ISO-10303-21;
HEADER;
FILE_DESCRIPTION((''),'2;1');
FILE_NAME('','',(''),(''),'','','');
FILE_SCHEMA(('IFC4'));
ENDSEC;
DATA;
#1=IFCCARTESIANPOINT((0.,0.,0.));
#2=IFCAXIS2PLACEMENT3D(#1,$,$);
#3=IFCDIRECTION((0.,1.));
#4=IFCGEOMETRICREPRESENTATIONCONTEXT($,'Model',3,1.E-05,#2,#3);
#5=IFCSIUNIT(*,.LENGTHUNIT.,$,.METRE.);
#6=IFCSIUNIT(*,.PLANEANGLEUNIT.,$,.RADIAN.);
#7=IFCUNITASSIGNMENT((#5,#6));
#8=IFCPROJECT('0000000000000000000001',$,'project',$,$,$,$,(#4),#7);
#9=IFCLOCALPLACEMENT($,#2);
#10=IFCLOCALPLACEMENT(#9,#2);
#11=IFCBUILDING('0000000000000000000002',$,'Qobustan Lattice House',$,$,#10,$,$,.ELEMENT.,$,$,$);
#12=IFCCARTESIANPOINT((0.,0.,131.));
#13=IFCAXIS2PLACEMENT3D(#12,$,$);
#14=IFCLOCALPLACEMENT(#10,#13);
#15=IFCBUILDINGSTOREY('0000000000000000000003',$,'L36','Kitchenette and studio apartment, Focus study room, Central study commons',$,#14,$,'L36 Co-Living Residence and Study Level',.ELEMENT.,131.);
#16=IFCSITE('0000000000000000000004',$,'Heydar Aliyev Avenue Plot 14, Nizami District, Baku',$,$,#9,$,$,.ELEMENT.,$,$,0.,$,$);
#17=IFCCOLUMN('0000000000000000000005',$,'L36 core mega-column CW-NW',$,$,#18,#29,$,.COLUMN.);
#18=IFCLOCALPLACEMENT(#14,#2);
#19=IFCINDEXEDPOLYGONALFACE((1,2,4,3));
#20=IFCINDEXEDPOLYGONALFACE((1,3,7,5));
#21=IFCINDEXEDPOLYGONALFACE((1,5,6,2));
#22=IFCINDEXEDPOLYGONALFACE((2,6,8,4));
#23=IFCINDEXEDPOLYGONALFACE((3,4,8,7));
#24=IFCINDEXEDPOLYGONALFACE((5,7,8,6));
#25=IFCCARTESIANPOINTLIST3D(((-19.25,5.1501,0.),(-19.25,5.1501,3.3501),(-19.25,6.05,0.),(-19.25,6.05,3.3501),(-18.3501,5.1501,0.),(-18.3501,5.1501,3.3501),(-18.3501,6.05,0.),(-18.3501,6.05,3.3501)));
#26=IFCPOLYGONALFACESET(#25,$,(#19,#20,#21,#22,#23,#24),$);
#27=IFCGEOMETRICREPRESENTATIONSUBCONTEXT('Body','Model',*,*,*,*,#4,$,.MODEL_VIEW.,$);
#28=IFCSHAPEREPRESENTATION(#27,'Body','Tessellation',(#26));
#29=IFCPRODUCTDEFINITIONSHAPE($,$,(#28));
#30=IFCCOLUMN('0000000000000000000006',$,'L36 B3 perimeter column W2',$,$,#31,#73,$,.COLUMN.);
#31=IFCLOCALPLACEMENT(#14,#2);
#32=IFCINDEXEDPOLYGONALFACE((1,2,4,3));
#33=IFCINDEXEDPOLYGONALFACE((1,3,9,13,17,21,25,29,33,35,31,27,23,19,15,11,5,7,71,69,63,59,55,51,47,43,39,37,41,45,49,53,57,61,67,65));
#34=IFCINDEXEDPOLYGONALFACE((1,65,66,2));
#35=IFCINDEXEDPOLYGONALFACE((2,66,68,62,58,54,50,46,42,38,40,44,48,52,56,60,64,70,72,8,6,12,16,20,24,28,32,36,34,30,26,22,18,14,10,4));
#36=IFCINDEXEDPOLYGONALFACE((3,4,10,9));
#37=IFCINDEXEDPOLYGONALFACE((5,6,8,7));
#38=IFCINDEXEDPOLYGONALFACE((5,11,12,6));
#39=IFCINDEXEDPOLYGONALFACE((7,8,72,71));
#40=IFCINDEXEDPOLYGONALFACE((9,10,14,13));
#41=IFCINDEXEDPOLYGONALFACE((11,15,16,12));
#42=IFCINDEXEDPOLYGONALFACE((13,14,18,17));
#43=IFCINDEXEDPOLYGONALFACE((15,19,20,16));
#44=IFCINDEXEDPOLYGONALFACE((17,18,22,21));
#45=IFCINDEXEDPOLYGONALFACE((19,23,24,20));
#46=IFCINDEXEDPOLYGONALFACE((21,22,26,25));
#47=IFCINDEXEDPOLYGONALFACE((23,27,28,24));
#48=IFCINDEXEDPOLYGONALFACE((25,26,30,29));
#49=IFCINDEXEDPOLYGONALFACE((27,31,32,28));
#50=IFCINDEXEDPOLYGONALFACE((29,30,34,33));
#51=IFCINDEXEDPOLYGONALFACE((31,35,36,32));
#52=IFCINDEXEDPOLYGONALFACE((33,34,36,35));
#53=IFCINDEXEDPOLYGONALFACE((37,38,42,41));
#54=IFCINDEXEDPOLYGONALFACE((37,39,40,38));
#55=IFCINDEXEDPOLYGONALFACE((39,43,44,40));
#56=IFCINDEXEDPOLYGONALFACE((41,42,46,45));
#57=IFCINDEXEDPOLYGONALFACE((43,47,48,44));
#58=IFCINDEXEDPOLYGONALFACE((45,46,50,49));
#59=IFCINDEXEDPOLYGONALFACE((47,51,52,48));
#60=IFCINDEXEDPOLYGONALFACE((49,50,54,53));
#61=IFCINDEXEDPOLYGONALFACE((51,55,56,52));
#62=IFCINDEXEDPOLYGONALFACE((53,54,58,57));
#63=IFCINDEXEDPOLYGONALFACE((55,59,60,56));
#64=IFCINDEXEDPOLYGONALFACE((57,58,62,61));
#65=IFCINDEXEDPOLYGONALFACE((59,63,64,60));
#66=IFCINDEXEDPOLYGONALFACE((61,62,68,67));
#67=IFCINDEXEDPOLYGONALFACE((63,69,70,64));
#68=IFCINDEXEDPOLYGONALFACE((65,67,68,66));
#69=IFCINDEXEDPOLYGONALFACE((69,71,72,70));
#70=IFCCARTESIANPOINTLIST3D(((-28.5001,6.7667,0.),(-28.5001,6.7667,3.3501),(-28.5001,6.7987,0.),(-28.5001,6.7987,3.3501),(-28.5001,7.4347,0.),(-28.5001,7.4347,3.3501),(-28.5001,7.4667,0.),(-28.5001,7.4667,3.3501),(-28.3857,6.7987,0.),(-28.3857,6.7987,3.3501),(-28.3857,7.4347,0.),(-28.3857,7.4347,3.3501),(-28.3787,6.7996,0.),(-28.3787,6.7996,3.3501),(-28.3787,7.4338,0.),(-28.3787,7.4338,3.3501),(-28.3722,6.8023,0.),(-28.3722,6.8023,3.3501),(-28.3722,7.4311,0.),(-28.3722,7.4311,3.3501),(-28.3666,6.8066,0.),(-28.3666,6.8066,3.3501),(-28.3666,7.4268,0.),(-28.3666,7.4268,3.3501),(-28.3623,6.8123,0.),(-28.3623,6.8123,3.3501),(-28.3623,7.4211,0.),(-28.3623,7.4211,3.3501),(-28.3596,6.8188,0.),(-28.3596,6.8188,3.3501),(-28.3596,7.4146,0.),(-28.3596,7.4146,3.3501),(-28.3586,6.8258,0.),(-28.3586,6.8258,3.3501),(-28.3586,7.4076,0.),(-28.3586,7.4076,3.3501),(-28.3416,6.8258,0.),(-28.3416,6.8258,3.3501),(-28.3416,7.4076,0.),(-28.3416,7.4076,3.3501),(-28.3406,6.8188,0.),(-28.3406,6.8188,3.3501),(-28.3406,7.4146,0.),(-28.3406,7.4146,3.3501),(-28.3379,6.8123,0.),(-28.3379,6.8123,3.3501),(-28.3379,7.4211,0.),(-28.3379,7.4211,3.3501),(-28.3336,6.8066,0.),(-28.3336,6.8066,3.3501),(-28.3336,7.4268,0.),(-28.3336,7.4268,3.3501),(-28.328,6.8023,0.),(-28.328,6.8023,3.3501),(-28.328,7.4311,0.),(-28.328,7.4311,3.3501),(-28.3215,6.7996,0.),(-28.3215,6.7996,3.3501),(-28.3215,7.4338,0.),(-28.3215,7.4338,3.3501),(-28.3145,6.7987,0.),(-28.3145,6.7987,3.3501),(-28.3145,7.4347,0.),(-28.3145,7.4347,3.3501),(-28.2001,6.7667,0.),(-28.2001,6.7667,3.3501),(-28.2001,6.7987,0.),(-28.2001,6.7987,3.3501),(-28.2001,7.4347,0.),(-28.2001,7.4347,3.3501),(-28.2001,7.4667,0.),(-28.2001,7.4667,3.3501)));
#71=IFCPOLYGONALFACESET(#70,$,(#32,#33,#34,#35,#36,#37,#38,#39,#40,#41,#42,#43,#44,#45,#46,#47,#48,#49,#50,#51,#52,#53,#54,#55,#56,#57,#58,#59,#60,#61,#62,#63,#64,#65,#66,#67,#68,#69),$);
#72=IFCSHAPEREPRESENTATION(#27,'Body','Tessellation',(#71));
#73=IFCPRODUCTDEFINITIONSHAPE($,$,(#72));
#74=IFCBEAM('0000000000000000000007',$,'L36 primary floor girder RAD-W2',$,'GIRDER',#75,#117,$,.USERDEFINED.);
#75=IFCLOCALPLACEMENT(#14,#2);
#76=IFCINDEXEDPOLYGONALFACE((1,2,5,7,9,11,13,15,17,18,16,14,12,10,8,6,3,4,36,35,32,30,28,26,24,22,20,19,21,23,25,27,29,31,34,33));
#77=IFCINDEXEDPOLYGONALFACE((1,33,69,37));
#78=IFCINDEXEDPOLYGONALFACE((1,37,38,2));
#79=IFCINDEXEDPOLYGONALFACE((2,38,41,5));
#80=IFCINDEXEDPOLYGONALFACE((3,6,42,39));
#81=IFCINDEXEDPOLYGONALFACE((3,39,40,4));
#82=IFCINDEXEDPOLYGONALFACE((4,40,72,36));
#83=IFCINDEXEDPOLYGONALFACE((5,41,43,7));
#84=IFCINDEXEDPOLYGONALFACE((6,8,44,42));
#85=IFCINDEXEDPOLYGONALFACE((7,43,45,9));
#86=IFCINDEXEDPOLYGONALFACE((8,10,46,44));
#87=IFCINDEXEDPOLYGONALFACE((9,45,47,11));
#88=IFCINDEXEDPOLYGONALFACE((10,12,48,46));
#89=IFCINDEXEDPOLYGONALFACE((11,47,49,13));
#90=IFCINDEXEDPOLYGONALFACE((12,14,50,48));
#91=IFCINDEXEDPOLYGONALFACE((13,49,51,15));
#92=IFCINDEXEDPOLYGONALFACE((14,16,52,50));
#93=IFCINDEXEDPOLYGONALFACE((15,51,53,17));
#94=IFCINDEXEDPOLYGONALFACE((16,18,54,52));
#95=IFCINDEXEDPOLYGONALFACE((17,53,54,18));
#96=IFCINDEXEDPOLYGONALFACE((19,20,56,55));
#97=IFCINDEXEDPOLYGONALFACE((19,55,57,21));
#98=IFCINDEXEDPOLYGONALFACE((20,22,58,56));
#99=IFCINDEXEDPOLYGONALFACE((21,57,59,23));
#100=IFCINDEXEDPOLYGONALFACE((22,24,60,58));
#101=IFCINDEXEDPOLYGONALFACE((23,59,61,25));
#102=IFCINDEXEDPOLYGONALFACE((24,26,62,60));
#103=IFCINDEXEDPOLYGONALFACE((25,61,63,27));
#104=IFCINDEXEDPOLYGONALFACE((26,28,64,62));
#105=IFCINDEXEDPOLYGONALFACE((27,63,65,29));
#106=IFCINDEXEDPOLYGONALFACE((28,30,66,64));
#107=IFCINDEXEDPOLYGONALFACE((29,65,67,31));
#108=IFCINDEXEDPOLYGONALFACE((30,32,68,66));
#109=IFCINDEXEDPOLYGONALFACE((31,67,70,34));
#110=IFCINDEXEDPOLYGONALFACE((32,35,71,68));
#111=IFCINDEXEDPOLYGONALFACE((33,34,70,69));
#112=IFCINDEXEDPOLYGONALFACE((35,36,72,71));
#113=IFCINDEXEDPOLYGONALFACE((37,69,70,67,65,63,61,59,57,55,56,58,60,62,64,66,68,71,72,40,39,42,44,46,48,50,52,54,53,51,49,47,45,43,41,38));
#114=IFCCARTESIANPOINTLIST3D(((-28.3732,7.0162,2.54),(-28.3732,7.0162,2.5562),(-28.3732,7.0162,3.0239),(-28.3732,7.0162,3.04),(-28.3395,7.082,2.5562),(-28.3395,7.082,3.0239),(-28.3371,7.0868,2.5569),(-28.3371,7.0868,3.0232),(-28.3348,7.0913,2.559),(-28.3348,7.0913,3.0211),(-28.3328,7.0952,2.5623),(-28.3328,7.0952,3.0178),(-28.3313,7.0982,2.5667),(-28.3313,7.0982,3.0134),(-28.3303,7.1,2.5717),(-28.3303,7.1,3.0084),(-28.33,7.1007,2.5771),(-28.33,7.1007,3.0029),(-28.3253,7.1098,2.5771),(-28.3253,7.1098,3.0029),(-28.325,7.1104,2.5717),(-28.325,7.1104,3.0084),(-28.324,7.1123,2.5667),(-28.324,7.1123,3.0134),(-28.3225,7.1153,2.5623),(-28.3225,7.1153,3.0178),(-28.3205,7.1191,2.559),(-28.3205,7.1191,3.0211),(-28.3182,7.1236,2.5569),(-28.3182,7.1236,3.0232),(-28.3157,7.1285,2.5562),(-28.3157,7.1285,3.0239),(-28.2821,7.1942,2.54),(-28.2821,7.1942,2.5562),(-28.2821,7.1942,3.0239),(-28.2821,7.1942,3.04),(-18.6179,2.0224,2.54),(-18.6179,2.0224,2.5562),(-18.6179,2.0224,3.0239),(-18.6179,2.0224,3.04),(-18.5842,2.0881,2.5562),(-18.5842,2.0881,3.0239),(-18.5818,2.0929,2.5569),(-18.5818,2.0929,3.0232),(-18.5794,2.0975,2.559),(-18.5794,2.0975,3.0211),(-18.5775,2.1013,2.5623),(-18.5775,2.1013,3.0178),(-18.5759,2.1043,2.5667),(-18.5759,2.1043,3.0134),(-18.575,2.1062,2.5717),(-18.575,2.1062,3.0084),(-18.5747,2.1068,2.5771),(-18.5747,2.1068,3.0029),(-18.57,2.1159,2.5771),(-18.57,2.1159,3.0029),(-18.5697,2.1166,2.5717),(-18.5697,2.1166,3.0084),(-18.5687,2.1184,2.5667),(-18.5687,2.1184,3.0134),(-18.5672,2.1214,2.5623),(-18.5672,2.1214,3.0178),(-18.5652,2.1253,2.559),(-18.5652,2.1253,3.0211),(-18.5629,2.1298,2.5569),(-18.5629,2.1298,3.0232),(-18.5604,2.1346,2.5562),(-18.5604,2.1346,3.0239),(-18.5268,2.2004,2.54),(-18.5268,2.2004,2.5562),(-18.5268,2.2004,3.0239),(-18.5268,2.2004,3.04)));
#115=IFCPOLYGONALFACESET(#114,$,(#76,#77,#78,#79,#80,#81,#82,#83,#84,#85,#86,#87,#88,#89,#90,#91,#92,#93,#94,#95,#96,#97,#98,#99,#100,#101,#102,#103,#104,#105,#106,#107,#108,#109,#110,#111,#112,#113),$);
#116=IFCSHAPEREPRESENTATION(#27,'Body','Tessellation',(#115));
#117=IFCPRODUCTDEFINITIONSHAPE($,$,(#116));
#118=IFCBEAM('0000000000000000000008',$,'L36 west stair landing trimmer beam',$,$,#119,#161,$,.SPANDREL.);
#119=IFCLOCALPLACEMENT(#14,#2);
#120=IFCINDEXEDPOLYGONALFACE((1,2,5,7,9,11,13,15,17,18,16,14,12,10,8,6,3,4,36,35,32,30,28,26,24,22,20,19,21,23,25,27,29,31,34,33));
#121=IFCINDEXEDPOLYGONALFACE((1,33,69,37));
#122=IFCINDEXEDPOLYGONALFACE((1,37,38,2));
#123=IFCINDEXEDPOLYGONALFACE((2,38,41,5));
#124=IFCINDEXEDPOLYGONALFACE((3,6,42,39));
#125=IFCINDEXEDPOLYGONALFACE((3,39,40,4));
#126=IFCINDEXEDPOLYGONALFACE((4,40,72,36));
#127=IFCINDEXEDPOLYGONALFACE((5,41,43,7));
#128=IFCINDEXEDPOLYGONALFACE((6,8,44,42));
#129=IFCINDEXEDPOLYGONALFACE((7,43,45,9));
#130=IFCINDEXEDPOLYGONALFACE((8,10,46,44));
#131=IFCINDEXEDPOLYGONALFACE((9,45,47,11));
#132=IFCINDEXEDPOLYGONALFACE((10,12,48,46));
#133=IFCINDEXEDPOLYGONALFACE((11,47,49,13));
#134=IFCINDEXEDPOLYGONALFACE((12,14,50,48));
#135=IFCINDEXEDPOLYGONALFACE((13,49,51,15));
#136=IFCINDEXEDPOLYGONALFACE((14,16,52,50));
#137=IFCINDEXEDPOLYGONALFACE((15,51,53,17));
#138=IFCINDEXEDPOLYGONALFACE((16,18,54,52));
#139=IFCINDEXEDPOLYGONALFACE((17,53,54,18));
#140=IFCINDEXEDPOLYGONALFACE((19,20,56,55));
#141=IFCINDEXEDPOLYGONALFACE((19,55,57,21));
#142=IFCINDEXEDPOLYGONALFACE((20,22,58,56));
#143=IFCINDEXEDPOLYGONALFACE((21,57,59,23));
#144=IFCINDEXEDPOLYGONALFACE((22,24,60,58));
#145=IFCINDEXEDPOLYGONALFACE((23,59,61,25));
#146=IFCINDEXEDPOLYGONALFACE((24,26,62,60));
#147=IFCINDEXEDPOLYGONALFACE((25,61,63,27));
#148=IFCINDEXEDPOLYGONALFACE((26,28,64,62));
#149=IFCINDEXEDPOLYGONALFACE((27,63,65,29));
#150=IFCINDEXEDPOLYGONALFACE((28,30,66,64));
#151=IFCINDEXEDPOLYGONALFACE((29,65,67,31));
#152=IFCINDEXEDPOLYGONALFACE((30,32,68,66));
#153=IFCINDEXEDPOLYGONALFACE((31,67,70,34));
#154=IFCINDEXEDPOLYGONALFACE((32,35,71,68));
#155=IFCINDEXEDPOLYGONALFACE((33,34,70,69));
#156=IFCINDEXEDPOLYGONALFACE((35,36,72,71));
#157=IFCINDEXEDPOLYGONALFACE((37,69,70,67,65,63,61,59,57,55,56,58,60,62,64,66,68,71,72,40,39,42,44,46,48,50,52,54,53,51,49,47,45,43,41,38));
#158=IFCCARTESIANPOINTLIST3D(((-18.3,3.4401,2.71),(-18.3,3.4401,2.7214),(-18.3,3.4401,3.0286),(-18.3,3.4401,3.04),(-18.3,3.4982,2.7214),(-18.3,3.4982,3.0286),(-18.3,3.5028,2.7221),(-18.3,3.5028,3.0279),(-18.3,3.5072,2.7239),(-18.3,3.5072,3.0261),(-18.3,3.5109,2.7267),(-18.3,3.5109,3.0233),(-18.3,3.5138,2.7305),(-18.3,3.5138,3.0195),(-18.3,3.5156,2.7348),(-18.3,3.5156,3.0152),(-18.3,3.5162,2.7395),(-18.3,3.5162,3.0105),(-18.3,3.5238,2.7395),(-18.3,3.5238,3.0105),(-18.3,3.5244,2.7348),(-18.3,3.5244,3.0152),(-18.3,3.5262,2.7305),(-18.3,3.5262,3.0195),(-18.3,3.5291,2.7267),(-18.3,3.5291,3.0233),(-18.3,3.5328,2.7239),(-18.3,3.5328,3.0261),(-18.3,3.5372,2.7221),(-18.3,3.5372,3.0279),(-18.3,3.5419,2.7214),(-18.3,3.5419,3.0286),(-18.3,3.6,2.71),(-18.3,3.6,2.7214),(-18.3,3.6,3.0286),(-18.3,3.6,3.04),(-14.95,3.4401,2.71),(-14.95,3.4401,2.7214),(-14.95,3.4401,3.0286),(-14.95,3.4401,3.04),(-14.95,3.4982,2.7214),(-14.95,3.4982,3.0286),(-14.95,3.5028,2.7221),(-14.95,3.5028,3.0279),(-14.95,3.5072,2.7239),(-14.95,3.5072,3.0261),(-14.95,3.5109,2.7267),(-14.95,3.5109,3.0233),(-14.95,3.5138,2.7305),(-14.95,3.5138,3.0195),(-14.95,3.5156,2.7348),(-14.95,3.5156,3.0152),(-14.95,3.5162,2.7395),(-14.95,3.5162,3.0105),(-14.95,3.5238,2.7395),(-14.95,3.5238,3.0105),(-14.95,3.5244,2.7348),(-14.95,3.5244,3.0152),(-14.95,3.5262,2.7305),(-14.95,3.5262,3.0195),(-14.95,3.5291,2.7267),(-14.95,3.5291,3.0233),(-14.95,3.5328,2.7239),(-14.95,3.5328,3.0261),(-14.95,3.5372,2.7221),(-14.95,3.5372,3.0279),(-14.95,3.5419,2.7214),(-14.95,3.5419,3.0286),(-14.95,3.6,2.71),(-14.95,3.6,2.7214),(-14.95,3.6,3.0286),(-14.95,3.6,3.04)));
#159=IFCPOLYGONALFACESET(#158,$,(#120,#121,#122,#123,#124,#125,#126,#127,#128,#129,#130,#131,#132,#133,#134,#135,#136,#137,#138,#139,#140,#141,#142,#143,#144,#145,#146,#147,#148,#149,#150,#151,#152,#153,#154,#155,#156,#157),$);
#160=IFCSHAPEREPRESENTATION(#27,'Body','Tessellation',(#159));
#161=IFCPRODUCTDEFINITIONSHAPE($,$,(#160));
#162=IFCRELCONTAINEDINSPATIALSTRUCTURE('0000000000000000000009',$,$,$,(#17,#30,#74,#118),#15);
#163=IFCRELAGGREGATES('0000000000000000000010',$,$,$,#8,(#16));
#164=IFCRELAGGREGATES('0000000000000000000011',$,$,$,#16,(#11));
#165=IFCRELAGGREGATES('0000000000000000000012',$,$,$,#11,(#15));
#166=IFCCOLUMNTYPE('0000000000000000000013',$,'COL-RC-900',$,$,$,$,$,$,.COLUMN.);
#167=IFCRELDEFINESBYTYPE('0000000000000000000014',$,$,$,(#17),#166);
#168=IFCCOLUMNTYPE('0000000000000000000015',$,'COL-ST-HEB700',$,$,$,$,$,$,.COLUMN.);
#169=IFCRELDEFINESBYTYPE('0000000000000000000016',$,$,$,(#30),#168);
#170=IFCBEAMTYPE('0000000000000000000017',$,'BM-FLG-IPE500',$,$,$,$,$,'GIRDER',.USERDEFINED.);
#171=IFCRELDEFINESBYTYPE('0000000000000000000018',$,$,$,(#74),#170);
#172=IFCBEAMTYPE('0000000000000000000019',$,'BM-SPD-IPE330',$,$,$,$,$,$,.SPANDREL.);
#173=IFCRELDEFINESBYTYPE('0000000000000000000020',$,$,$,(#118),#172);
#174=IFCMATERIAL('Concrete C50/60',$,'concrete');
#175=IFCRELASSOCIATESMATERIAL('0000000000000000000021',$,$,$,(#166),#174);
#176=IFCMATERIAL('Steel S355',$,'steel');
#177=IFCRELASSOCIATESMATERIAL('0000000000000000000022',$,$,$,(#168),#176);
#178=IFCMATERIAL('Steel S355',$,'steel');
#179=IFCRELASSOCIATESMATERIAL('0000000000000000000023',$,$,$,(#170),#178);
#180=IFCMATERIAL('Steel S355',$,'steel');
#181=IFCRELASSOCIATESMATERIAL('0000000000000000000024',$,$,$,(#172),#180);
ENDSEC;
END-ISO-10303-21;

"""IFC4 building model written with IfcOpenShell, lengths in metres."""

from ifc_helpers import new_model, si_unit, direction, frame, origin, origin_2d, place, context, subcontext, project, spatial, rectangle, i_section, extrude, material, material_profile, profile_set, type_object, element, save


model = new_model("IFC4")

# Units and contexts
model_context = context("Model", 3, precision=1e-05, world=origin(), true_north=direction((0.0, 1.0)))
body_context = subcontext(model_context, "Body", "Model", "MODEL_VIEW")
ifc_project = project(units=[si_unit("LENGTHUNIT", "METRE"), si_unit("PLANEANGLEUNIT", "RADIAN")], contexts=[model_context])

# Site, building, storey
site_placement = place(None, origin())
site = spatial("IfcSite", under=ifc_project, at=site_placement, Name="Heydar Aliyev Avenue Plot 14, Nizami District, Baku", CompositionType="ELEMENT", RefElevation=0.0)
building_placement = place(site_placement, origin())
building = spatial("IfcBuilding", under=site, at=building_placement, Name="Qobustan Lattice House", CompositionType="ELEMENT")
storey_placement = place(building_placement, frame((0.0, 0.0, 131.0)))
storey = spatial("IfcBuildingStorey", under=building, at=storey_placement, Name="L36", Description="Kitchenette and studio apartment, Focus study room, Central study commons", LongName="L36 Co-Living Residence and Study Level", CompositionType="ELEMENT", Elevation=131.0)

# Columns
ifc_material_1 = material(Name="Concrete C50/60", Category="concrete")
ifc_material_profile_1 = material_profile(ifc_material_1, rectangle(XDim=0.8999, YDim=0.8999, at=origin_2d()), Name="RC900x900")
ifc_profile_set_1 = profile_set([ifc_material_profile_1], Name="Concrete C50/60")
column_type_1 = type_object("IfcColumnType", Name="COL-RC-900", PredefinedType="COLUMN", material=ifc_profile_set_1)
column_1_placement = place(storey_placement, frame((-18.8, 5.6001, 0.0), z_axis=(0.0, 0.0, 1.0), x_axis=(1.0, 0.0, 0.0)))
element("IfcColumn", 1, at=column_1_placement, inside=storey, type_object=column_type_1, Name="L36 core mega-column CW-NW", PredefinedType="COLUMN", context=body_context, shape_type="SweptSolid", body=[
    extrude(rectangle(XDim=0.8999, YDim=0.8999, at=origin_2d()), origin(), (0.0, 0.0, 1.0), 3.3501),
])
ifc_material_2 = material(Name="Steel S355", Category="steel")
ifc_material_profile_2 = material_profile(ifc_material_2, i_section(OverallWidth=0.3, OverallDepth=0.7, WebThickness=0.0171, FlangeThickness=0.032, FilletRadius=0.0271, at=origin_2d()), Name="HEB700")
ifc_profile_set_2 = profile_set([ifc_material_profile_2], Name="Steel S355")
column_type_2 = type_object("IfcColumnType", Name="COL-ST-HEB700", PredefinedType="COLUMN", material=ifc_profile_set_2)
column_2_placement = place(storey_placement, frame((-28.3501, 7.1167, 0.0), z_axis=(0.0, 0.0, 1.0), x_axis=(1.0, 0.0, 0.0)))
element("IfcColumn", 2, at=column_2_placement, inside=storey, type_object=column_type_2, Name="L36 B3 perimeter column W2", PredefinedType="COLUMN", context=body_context, shape_type="SweptSolid", body=[
    extrude(i_section(OverallWidth=0.3, OverallDepth=0.7, WebThickness=0.0171, FlangeThickness=0.032, FilletRadius=0.0271, at=origin_2d()), origin(), (0.0, 0.0, 1.0), 3.3501),
])

# Beams
ifc_material_3 = material(Name="Steel S355", Category="steel")
ifc_material_profile_3 = material_profile(ifc_material_3, i_section(OverallWidth=0.2, OverallDepth=0.5, WebThickness=0.0103, FlangeThickness=0.0161, FilletRadius=0.021, at=origin_2d()), Name="IPE500")
ifc_profile_set_3 = profile_set([ifc_material_profile_3], Name="Steel S355")
beam_type_1 = type_object("IfcBeamType", Name="BM-FLG-IPE500", ElementType="GIRDER", PredefinedType="USERDEFINED", material=ifc_profile_set_3)
beam_1_placement = place(storey_placement, frame((-28.3276, 7.1052, 2.79), z_axis=(0.890145, -0.455677, 0.0), x_axis=(0.455677, 0.890145, 0.0)))
element("IfcBeam", 3, at=beam_1_placement, inside=storey, type_object=beam_type_1, Name="L36 primary floor girder RAD-W2", ObjectType="GIRDER", PredefinedType="USERDEFINED", context=body_context, shape_type="SweptSolid", body=[
    extrude(i_section(OverallWidth=0.2, OverallDepth=0.5, WebThickness=0.0103, FlangeThickness=0.0161, FilletRadius=0.021, at=origin_2d()), origin(), (0.0, 0.0, 1.0), 10.9592),
])
ifc_material_4 = material(Name="Steel S355", Category="steel")
ifc_material_profile_4 = material_profile(ifc_material_4, i_section(OverallWidth=0.1599, OverallDepth=0.3301, WebThickness=0.0076, FlangeThickness=0.0115, FilletRadius=0.0181, at=origin_2d()), Name="IPE330")
ifc_profile_set_4 = profile_set([ifc_material_profile_4], Name="Steel S355")
beam_type_2 = type_object("IfcBeamType", Name="BM-SPD-IPE330", PredefinedType="SPANDREL", material=ifc_profile_set_4)
beam_2_placement = place(storey_placement, frame((-18.3, 3.52, 2.875), z_axis=(1.0, 0.0, 0.0), x_axis=(0.0, 1.0, 0.0)))
element("IfcBeam", 4, at=beam_2_placement, inside=storey, type_object=beam_type_2, Name="L36 west stair landing trimmer beam", PredefinedType="SPANDREL", context=body_context, shape_type="SweptSolid", body=[
    extrude(i_section(OverallWidth=0.1599, OverallDepth=0.3301, WebThickness=0.0076, FlangeThickness=0.0115, FilletRadius=0.0181, at=origin_2d()), origin(), (0.0, 0.0, 1.0), 3.3501),
])

save(model, "model.ifc")
